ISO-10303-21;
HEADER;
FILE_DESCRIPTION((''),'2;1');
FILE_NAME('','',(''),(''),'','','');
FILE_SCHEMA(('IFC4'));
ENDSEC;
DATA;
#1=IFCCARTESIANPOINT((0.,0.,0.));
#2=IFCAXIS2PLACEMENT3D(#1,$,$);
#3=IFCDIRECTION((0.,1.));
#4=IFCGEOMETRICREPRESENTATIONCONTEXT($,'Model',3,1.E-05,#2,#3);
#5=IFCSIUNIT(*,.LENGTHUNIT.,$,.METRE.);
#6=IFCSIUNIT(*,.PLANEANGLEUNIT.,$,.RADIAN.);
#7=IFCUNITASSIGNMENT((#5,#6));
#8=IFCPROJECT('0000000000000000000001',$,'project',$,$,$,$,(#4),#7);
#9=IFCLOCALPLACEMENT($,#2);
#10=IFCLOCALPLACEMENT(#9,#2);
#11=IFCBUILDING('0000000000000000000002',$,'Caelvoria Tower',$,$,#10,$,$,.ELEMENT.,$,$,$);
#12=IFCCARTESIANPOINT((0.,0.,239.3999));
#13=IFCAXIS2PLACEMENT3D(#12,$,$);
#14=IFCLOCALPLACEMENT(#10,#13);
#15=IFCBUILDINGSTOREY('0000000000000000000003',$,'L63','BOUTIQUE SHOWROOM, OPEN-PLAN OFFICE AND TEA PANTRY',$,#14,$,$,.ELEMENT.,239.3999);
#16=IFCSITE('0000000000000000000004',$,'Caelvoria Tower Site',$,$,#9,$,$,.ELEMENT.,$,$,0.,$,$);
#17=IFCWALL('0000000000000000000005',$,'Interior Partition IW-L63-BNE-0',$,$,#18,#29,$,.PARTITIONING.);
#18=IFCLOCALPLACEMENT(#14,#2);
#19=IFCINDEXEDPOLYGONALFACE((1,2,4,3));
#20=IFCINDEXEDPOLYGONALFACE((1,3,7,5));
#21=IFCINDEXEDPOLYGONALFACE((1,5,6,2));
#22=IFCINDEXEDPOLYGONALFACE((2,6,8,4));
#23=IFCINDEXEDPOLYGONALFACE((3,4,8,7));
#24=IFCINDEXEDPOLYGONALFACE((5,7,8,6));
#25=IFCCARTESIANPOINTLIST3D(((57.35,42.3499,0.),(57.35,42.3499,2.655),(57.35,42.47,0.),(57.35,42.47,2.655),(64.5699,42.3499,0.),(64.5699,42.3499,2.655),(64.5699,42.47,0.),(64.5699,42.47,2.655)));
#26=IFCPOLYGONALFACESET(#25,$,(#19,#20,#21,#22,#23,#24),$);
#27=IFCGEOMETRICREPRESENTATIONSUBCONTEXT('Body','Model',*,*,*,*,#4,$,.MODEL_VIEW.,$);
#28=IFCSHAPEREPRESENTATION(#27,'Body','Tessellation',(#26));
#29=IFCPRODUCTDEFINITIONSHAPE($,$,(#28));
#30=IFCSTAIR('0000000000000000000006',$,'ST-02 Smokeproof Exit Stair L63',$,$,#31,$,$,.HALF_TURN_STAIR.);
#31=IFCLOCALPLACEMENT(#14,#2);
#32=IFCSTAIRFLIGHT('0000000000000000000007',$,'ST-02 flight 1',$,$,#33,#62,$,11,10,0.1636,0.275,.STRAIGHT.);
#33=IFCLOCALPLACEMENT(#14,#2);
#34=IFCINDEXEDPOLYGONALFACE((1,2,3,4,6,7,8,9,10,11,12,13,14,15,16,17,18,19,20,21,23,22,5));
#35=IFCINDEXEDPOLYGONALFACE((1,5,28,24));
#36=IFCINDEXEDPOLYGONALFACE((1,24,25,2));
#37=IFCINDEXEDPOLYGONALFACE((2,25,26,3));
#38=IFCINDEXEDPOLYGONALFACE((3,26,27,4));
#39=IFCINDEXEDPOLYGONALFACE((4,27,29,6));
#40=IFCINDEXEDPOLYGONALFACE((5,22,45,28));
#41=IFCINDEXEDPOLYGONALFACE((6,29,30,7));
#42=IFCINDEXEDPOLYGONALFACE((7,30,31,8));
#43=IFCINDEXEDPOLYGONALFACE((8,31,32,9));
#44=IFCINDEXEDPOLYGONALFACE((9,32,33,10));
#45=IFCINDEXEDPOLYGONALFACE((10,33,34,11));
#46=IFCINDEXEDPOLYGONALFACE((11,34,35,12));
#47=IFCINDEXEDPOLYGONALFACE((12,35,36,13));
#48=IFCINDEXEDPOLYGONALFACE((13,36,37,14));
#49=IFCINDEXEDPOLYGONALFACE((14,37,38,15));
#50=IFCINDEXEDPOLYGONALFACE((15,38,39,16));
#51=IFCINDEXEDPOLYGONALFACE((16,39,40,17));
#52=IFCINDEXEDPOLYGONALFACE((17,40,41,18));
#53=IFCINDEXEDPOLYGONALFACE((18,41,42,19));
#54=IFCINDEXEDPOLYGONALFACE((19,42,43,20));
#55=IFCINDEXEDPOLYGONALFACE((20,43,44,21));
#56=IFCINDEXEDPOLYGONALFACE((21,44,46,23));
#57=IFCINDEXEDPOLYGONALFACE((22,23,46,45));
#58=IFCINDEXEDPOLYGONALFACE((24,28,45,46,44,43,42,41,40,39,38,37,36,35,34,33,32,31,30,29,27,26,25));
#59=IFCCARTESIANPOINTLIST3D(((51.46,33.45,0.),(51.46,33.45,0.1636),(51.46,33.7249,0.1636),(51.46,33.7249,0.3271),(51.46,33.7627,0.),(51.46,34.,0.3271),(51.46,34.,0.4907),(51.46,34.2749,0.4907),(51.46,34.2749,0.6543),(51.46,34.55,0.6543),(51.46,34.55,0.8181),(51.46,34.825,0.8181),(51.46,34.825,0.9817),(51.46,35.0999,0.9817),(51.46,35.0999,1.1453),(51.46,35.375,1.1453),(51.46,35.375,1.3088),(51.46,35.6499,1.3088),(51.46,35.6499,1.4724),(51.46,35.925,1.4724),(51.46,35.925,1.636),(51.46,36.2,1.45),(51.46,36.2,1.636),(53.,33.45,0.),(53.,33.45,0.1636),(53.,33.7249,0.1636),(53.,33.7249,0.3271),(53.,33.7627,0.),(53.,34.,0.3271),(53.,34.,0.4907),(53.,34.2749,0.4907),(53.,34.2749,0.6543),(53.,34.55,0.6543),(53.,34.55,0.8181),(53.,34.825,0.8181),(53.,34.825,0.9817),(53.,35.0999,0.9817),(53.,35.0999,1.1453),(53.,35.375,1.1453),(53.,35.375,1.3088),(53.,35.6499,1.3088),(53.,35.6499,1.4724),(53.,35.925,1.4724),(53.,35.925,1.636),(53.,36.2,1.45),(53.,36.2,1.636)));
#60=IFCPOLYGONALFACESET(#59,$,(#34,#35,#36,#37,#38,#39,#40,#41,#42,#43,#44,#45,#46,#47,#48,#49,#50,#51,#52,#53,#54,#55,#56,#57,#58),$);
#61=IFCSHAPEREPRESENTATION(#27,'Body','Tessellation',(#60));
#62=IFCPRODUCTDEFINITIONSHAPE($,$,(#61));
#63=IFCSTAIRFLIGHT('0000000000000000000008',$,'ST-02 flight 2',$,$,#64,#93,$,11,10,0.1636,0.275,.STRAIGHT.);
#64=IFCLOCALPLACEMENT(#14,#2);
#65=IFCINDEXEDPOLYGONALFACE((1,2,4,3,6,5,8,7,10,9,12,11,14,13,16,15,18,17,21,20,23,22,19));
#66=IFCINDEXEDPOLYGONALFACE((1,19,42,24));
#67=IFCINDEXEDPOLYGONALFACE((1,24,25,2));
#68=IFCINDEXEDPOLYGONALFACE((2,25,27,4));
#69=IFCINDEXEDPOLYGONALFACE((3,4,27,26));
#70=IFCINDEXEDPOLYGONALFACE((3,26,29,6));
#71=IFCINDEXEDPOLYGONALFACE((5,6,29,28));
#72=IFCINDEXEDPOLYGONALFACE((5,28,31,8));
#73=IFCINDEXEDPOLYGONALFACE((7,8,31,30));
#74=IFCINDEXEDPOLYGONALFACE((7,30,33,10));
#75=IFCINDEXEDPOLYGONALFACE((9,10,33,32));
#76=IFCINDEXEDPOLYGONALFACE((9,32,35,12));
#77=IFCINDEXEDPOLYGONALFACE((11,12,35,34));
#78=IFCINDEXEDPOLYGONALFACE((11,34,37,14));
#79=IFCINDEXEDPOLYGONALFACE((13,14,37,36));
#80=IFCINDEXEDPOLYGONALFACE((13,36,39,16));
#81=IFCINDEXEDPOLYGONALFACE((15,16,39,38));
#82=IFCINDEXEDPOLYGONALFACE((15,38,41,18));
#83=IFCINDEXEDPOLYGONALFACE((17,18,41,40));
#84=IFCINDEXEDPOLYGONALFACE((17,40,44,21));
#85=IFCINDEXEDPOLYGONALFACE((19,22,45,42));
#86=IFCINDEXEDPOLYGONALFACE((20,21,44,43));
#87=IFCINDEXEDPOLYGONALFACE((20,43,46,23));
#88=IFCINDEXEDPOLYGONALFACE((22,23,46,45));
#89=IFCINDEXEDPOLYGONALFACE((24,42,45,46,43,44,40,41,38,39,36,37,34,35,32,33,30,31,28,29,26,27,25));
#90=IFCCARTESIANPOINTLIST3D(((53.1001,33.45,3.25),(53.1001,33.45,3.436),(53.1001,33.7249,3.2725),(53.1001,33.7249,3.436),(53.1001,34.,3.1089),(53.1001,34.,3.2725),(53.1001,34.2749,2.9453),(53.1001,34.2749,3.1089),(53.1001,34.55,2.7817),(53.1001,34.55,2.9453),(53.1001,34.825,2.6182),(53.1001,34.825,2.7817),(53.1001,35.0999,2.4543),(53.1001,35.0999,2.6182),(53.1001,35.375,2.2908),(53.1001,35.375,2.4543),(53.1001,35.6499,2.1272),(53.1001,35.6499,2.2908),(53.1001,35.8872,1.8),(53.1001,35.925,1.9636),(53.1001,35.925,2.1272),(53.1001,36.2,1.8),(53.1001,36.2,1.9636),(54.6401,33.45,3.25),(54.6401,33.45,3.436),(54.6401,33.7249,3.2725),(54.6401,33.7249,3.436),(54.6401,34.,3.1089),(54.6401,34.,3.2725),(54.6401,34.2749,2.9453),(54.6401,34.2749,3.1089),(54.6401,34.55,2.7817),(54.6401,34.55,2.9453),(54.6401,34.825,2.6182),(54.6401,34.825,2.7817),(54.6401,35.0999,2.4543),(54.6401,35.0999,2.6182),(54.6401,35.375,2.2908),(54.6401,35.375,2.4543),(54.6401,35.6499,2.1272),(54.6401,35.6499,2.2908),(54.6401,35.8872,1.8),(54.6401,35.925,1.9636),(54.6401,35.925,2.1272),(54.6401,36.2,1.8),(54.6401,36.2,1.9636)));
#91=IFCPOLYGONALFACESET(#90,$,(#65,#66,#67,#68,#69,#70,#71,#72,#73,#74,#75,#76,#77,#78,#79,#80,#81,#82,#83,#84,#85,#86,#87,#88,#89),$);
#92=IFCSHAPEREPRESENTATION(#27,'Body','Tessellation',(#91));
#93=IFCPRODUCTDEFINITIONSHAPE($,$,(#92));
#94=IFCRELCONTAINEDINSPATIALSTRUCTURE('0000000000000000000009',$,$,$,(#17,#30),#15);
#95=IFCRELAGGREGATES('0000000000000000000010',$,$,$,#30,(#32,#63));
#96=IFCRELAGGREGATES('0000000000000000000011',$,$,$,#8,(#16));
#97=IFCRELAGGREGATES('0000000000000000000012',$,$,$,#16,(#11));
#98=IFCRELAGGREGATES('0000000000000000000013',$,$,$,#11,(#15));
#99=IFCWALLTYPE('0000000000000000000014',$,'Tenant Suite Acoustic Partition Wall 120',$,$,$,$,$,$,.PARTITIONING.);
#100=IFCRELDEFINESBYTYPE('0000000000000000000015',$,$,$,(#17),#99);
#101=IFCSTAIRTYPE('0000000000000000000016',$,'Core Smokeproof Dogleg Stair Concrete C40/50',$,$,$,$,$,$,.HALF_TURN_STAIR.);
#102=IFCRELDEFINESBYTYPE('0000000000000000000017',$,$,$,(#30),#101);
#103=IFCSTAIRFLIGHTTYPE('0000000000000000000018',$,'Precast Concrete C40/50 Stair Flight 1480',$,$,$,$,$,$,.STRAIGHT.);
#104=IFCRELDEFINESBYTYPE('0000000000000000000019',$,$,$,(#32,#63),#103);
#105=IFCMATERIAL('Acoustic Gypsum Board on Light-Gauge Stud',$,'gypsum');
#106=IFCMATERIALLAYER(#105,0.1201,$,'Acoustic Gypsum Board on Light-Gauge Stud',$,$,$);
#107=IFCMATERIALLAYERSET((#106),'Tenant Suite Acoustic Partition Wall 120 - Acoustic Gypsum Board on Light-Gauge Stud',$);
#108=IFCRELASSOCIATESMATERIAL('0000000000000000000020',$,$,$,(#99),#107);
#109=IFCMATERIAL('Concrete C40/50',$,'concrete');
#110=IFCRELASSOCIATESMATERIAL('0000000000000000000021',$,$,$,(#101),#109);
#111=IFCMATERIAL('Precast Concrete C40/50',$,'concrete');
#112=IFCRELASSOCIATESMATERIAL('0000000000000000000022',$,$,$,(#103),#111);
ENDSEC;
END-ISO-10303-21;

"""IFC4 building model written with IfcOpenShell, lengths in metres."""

from ifc_helpers import new_model, si_unit, direction, frame, frame_2d, origin, place, context, subcontext, project, spatial, polyline, rectangle, outline, extrude, material, layer, layer_set, type_object, element, aggregate, save


model = new_model("IFC4")

# Units and contexts
model_context = context("Model", 3, precision=1e-05, world=origin(), true_north=direction((0.0, 1.0)))
body_context = subcontext(model_context, "Body", "Model", "MODEL_VIEW")
ifc_project = project(units=[si_unit("LENGTHUNIT", "METRE"), si_unit("PLANEANGLEUNIT", "RADIAN")], contexts=[model_context])

# Site, building, storey
site_placement = place(None, origin())
site = spatial("IfcSite", under=ifc_project, at=site_placement, Name="Caelvoria Tower Site", CompositionType="ELEMENT", RefElevation=0.0)
building_placement = place(site_placement, origin())
building = spatial("IfcBuilding", under=site, at=building_placement, Name="Caelvoria Tower", CompositionType="ELEMENT")
storey_placement = place(building_placement, frame((0.0, 0.0, 239.3999)))
storey = spatial("IfcBuildingStorey", under=building, at=storey_placement, Name="L63", Description="BOUTIQUE SHOWROOM, OPEN-PLAN OFFICE AND TEA PANTRY", CompositionType="ELEMENT", Elevation=239.3999)

# Shared definitions
ifc_material_1 = material(Name="Acoustic Gypsum Board on Light-Gauge Stud", Category="gypsum")
ifc_layer_1 = layer(ifc_material_1, 0.1201, Name="Acoustic Gypsum Board on Light-Gauge Stud")
ifc_layer_set_1 = layer_set([ifc_layer_1], Name="Tenant Suite Acoustic Partition Wall 120 - Acoustic Gypsum Board on Light-Gauge Stud")
wall_type_1 = type_object("IfcWallType", Name="Tenant Suite Acoustic Partition Wall 120", PredefinedType="PARTITIONING", material=ifc_layer_set_1)

# Wall
wall_1_placement = place(storey_placement, frame((57.3501, 42.4099, 0.0), z_axis=(0.0, 0.0, 1.0), x_axis=(1.0, 0.0, 0.0)))
element("IfcWall", 1, at=wall_1_placement, inside=storey, type_object=wall_type_1, Name="Interior Partition IW-L63-BNE-0", PredefinedType="PARTITIONING", context=body_context, shape_type="SweptSolid", body=[
    extrude(rectangle(XDim=7.22, YDim=0.1201, at=frame_2d((3.6099, 0.0))), origin(), (0.0, 0.0, 1.0), 2.655),
])

# Stair, stair flights
ifc_material_2 = material(Name="Concrete C40/50", Category="concrete")
stair_type = type_object("IfcStairType", Name="Core Smokeproof Dogleg Stair Concrete C40/50", PredefinedType="HALF_TURN_STAIR", material=ifc_material_2)
stair_placement = place(storey_placement, origin())
stair = element("IfcStair", 2, at=stair_placement, inside=storey, type_object=stair_type, Name="ST-02 Smokeproof Exit Stair L63", PredefinedType="HALF_TURN_STAIR")
ifc_material_3 = material(Name="Precast Concrete C40/50", Category="concrete")
stair_flight_type = type_object("IfcStairFlightType", Name="Precast Concrete C40/50 Stair Flight 1480", PredefinedType="STRAIGHT", material=ifc_material_3)
stair_flight_1_placement = place(storey_placement, frame((52.23, 33.45, 0.0), z_axis=(0.0, 0.0, 1.0), x_axis=(0.0, 1.0, 0.0)))
stair_flight_1 = element("IfcStairFlight", 3, at=stair_flight_1_placement, type_object=stair_flight_type, Name="ST-02 flight 1", NumberOfRisers=11, NumberOfTreads=10, PredefinedType="STRAIGHT", RiserHeight=0.1636, TreadLength=0.275, context=body_context, shape_type="SweptSolid", body=[
    extrude(outline(polyline([(0.0, 0.0), (0.0, 0.1636), (0.2749, 0.1636), (0.2749, 0.3271), (0.55, 0.3271), (0.55, 0.4907), (0.825, 0.4907), (0.825, 0.6543), (1.1001, 0.6543), (1.1001, 0.8181), (1.375, 0.8181), (1.375, 0.9817), (1.6499, 0.9817), (1.6499, 1.1453), (1.925, 1.1453), (1.925, 1.3088), (2.2, 1.3088), (2.2, 1.4724), (2.4751, 1.4724), (2.4751, 1.636), (2.75, 1.636), (2.75, 1.7996), (2.75, 1.45), (0.3127, 0.0), (0.0, 0.0)])), frame((0.0, 0.77, 0.0), z_axis=(0.0, -1.0, 0.0), x_axis=(1.0, 0.0, 0.0)), (0.0, 0.0, 1.0), 1.54),
])
stair_flight_2_placement = place(storey_placement, frame((53.8701, 36.2, 1.8), z_axis=(0.0, 0.0, 1.0), x_axis=(0.0, -1.0, 0.0)))
stair_flight_2 = element("IfcStairFlight", 4, at=stair_flight_2_placement, type_object=stair_flight_type, Name="ST-02 flight 2", NumberOfRisers=11, NumberOfTreads=10, PredefinedType="STRAIGHT", RiserHeight=0.1636, TreadLength=0.275, context=body_context, shape_type="SweptSolid", body=[
    extrude(outline(polyline([(0.0, 0.0), (0.0, 0.1636), (0.2749, 0.1636), (0.2749, 0.3271), (0.55, 0.3271), (0.55, 0.4907), (0.825, 0.4907), (0.825, 0.6543), (1.1001, 0.6543), (1.1001, 0.8181), (1.375, 0.8181), (1.375, 0.9817), (1.6499, 0.9817), (1.6499, 1.1453), (1.925, 1.1453), (1.925, 1.3088), (2.2, 1.3088), (2.2, 1.4724), (2.4751, 1.4724), (2.4751, 1.636), (2.75, 1.636), (2.75, 1.7996), (2.75, 1.45), (0.3127, 0.0), (0.0, 0.0)])), frame((0.0, 0.77, 0.0), z_axis=(0.0, -1.0, 0.0), x_axis=(1.0, 0.0, 0.0)), (0.0, 0.0, 1.0), 1.54),
])
aggregate(stair, [stair_flight_1, stair_flight_2])

save(model, "model.ifc")
